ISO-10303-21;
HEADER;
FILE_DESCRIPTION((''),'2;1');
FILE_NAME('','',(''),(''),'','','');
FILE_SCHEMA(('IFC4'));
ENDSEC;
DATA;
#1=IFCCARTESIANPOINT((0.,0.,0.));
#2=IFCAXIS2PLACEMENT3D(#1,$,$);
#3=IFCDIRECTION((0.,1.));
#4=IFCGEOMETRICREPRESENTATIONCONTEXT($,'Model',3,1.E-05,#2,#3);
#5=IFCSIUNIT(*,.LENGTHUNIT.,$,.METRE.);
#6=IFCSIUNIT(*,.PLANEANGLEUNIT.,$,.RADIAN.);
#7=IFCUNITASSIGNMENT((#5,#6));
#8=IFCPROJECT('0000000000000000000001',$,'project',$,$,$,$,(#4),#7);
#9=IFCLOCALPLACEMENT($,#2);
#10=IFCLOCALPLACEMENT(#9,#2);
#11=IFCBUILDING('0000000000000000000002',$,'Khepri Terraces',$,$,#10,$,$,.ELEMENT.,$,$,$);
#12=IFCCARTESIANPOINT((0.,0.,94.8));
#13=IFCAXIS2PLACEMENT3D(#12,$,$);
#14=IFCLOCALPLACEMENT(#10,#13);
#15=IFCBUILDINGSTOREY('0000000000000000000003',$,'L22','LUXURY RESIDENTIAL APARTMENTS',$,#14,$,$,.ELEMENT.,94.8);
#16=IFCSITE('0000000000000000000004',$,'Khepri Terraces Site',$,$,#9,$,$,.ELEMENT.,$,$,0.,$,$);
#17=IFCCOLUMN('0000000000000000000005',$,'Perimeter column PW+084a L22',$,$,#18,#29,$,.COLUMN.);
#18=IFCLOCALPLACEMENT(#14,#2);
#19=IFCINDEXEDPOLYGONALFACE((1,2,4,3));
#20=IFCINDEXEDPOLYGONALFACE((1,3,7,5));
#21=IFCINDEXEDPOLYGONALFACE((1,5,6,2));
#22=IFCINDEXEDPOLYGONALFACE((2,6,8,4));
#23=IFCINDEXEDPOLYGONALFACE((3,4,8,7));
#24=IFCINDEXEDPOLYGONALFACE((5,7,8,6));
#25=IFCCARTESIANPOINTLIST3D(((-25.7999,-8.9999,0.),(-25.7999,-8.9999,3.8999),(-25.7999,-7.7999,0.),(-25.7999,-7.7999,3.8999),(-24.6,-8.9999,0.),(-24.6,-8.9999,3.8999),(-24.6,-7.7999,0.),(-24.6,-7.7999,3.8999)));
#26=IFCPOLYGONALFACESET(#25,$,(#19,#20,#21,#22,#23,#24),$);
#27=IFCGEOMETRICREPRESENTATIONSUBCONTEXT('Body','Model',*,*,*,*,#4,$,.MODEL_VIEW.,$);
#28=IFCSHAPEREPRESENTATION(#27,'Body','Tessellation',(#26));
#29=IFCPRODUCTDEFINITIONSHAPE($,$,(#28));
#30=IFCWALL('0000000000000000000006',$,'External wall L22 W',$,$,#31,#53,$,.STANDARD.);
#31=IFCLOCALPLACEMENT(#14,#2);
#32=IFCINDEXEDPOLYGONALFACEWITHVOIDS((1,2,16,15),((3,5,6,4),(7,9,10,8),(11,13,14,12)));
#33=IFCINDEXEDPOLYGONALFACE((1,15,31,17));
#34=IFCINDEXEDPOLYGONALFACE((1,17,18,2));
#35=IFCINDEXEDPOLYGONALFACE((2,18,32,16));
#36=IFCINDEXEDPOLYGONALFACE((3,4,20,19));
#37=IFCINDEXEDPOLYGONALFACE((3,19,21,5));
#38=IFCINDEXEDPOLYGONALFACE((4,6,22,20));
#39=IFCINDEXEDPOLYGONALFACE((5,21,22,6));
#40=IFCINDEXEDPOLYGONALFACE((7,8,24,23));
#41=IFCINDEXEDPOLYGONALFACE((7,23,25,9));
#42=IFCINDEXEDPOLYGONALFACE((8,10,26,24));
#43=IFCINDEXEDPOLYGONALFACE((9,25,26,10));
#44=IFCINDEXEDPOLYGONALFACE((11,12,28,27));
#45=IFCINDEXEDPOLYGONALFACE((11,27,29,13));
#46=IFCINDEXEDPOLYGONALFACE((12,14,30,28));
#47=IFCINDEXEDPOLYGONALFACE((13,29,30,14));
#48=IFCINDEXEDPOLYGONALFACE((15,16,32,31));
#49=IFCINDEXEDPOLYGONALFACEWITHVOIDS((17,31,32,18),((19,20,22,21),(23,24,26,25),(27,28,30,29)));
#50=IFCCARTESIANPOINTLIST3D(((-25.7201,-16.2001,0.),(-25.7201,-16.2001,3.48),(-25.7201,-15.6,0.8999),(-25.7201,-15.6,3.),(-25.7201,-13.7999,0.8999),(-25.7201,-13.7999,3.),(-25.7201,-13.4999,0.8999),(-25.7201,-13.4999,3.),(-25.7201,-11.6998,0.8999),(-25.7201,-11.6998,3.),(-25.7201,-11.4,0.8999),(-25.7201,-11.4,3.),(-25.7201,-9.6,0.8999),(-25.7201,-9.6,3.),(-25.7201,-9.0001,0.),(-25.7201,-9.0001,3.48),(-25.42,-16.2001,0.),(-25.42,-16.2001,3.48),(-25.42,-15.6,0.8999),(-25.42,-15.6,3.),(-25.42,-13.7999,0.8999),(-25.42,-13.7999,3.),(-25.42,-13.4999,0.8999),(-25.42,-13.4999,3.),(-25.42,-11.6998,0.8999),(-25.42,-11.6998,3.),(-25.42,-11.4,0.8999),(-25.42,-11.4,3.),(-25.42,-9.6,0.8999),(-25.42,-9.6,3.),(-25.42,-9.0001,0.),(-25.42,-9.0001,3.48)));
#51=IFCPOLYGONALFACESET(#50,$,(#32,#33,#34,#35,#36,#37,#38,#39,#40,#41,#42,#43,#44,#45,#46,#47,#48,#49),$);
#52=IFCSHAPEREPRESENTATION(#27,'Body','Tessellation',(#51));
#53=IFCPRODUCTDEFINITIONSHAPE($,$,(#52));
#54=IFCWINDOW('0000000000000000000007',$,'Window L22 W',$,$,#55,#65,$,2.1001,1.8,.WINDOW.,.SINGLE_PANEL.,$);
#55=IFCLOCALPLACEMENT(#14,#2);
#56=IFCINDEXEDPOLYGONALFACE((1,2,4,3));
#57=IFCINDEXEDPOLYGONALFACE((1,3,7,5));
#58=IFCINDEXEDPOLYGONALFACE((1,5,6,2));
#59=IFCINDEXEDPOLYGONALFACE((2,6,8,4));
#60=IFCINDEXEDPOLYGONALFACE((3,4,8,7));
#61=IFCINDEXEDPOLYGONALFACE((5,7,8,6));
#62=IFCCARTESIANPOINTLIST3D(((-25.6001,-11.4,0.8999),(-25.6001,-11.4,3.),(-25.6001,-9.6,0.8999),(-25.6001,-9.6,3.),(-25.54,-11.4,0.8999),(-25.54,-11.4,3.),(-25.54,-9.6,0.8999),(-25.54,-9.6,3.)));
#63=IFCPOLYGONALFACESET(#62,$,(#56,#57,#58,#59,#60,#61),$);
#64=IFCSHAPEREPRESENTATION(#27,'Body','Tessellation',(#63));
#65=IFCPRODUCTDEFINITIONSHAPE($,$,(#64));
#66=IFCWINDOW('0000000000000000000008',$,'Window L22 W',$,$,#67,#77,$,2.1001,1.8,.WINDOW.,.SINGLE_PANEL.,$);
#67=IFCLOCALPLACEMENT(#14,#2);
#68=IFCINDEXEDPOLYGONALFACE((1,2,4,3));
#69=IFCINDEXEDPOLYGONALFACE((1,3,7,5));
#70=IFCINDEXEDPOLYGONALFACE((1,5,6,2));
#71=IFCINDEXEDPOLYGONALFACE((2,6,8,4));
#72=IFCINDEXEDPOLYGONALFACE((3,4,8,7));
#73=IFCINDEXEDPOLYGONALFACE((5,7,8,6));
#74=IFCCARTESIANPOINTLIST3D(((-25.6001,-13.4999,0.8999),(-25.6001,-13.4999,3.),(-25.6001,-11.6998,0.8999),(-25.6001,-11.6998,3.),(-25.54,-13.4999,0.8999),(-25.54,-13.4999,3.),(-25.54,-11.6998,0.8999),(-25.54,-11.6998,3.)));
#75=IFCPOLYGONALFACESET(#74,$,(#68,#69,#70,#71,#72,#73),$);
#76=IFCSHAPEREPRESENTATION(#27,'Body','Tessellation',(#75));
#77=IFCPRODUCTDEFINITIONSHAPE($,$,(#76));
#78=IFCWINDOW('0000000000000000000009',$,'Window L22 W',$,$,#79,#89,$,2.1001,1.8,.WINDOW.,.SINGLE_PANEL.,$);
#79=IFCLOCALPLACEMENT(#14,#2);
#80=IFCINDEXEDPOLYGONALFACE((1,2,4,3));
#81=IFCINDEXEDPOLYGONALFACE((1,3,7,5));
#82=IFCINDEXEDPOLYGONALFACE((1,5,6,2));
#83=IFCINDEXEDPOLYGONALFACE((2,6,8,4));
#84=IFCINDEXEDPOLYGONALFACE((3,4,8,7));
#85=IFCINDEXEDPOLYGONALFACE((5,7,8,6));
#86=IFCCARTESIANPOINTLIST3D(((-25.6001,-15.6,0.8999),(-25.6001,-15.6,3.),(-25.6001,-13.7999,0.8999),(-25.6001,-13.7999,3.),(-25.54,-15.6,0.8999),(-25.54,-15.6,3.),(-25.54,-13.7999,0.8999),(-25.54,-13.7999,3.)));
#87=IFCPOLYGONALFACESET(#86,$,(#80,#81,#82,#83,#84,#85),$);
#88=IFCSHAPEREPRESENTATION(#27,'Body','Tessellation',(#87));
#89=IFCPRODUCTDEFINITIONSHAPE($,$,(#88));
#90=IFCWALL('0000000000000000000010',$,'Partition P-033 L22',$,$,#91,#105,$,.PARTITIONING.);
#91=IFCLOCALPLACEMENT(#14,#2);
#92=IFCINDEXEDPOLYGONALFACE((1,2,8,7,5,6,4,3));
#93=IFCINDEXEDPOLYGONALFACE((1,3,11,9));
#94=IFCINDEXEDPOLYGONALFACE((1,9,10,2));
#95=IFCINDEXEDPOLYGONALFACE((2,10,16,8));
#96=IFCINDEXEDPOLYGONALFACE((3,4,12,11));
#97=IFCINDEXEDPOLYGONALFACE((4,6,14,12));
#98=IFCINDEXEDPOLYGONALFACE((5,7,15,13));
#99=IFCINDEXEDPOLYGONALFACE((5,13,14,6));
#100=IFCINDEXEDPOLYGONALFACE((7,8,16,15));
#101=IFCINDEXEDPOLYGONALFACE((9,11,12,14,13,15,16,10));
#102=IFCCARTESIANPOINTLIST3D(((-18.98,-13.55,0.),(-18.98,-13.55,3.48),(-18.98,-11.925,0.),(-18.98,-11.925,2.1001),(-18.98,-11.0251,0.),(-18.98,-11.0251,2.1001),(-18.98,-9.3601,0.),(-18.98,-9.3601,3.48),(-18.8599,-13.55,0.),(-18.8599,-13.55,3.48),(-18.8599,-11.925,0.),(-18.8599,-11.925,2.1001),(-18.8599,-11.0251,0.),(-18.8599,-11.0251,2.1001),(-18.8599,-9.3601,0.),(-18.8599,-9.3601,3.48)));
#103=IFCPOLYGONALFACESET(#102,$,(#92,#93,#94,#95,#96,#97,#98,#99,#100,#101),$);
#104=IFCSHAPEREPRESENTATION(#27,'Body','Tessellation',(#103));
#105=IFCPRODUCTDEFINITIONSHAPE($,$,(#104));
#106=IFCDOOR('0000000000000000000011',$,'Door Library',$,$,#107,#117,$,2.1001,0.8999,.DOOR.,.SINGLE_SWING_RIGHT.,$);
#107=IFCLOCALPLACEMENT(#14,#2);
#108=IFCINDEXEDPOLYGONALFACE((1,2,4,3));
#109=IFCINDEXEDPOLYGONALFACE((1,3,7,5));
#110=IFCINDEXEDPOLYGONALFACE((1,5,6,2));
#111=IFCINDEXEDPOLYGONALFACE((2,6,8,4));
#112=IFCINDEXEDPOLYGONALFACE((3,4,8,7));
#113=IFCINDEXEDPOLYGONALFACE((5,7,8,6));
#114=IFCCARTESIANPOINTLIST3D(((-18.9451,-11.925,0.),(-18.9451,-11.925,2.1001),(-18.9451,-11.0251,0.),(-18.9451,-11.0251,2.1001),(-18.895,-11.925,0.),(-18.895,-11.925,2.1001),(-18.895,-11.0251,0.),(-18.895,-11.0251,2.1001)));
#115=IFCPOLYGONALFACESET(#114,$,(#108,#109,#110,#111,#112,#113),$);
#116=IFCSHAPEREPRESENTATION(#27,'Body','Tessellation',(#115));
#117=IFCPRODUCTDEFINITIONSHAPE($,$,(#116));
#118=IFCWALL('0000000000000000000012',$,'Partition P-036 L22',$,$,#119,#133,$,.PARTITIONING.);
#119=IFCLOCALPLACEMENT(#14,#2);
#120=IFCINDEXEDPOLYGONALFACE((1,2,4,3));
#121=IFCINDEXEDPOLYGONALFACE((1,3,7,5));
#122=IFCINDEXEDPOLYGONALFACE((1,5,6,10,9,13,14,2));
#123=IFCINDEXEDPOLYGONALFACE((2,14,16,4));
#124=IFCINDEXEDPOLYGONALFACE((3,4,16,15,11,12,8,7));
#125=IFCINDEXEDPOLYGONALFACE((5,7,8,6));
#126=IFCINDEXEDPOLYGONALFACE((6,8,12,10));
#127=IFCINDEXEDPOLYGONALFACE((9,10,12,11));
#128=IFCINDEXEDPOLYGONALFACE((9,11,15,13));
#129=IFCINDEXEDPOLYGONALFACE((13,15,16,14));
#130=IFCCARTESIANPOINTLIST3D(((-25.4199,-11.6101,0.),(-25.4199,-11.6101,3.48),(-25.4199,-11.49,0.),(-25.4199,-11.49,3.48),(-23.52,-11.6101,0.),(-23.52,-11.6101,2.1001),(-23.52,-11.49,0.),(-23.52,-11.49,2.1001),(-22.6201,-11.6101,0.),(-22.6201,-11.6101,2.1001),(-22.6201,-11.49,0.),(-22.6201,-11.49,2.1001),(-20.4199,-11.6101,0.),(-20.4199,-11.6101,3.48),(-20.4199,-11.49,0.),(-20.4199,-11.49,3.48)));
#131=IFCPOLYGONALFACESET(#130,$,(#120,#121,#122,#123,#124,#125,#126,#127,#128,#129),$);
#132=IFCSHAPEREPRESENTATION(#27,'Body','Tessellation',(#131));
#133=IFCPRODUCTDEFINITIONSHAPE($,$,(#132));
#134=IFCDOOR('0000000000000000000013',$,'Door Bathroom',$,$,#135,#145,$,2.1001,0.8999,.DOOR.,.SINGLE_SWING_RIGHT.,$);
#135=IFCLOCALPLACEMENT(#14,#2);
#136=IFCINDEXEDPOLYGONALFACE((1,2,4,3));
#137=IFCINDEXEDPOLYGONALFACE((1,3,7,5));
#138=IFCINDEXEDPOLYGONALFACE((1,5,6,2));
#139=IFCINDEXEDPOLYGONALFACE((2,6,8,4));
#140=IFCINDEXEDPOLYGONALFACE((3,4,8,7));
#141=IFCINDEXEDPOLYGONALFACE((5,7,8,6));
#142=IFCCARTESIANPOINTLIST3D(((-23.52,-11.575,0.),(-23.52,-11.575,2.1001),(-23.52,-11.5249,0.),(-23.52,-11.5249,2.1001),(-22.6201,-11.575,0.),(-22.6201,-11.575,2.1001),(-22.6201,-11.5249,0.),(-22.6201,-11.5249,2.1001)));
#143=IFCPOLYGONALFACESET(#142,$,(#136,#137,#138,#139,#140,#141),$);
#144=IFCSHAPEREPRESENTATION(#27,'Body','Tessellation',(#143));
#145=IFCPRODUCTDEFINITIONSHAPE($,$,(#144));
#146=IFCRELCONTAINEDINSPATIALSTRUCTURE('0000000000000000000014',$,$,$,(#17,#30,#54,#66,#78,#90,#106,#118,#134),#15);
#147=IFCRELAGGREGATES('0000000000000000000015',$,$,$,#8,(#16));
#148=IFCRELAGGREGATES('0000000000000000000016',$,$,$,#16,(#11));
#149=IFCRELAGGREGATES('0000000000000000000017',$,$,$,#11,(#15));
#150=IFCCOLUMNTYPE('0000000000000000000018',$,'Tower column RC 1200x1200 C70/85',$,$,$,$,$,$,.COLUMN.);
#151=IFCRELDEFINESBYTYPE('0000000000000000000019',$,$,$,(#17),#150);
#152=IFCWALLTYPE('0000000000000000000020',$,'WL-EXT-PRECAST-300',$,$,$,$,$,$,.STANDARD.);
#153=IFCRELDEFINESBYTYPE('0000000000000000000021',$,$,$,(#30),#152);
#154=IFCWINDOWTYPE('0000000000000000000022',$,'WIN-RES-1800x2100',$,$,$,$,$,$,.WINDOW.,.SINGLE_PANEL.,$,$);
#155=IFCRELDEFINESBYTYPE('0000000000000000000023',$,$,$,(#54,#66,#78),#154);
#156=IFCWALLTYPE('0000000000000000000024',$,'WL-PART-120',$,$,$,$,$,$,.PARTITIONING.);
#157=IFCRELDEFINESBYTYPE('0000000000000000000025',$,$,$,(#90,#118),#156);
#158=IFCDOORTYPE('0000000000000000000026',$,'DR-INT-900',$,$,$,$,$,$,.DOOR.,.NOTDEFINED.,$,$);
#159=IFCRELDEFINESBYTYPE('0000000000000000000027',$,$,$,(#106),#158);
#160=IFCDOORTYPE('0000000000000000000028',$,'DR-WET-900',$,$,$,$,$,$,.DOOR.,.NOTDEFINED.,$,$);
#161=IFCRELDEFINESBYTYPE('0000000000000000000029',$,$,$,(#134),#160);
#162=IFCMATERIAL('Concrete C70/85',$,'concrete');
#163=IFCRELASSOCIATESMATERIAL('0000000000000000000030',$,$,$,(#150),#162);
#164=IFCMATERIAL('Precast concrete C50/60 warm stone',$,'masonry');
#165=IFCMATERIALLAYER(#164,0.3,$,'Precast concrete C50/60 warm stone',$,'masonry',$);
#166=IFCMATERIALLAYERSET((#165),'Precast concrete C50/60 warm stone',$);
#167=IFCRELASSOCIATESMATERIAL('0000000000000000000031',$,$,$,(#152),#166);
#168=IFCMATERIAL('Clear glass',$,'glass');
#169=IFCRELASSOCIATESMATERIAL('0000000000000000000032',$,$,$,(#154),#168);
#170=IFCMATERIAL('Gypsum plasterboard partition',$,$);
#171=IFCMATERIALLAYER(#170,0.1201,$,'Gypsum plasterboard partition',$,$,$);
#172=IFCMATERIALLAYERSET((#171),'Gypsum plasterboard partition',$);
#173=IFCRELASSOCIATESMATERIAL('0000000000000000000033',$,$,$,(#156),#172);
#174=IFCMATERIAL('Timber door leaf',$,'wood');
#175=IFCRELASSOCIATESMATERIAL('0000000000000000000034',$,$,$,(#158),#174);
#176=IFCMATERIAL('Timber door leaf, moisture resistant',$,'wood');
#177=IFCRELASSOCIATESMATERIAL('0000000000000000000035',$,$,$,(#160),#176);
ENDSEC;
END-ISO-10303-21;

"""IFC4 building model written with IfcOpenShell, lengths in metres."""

from ifc_helpers import new_model, si_unit, direction, frame, frame_2d, origin, origin_2d, place, context, subcontext, project, spatial, rectangle, extrude, material, layer, layer_set, material_profile, profile_set, type_object, element, fill, save


model = new_model("IFC4")

# Units and contexts
model_context = context("Model", 3, precision=1e-05, world=origin(), true_north=direction((0.0, 1.0)))
body_context = subcontext(model_context, "Body", "Model", "MODEL_VIEW")
ifc_project = project(units=[si_unit("LENGTHUNIT", "METRE"), si_unit("PLANEANGLEUNIT", "RADIAN")], contexts=[model_context])

# Site, building, storey
site_placement = place(None, origin())
site = spatial("IfcSite", under=ifc_project, at=site_placement, Name="Khepri Terraces Site", CompositionType="ELEMENT", RefElevation=0.0)
building_placement = place(site_placement, origin())
building = spatial("IfcBuilding", under=site, at=building_placement, Name="Khepri Terraces", CompositionType="ELEMENT")
storey_placement = place(building_placement, frame((0.0, 0.0, 94.8)))
storey = spatial("IfcBuildingStorey", under=building, at=storey_placement, Name="L22", Description="LUXURY RESIDENTIAL APARTMENTS", CompositionType="ELEMENT", Elevation=94.8)

# Column
ifc_material_1 = material(Name="Concrete C70/85", Category="concrete")
ifc_material_profile = material_profile(ifc_material_1, rectangle(XDim=1.2, YDim=1.2, at=origin_2d()), Name="Concrete C70/85", Category="concrete")
ifc_profile_set = profile_set([ifc_material_profile], Name="Concrete C70/85")
column_type = type_object("IfcColumnType", Name="Tower column RC 1200x1200 C70/85", PredefinedType="COLUMN", material=ifc_profile_set)
column_placement = place(storey_placement, frame((-25.2, -8.3999, 0.0), z_axis=(0.0, 0.0, 1.0), x_axis=(1.0, 0.0, 0.0)))
element("IfcColumn", 1, at=column_placement, inside=storey, type_object=column_type, Name="Perimeter column PW+084a L22", PredefinedType="COLUMN", context=body_context, shape_type="SweptSolid", body=[
    extrude(rectangle(XDim=1.2, YDim=1.2, at=origin_2d()), origin(), (0.0, 0.0, 1.0), 3.8999),
])

# Shared definitions
ifc_material_2 = material(Name="Precast concrete C50/60 warm stone", Category="masonry")
ifc_layer_1 = layer(ifc_material_2, 0.3, Name="Precast concrete C50/60 warm stone", Category="masonry")
ifc_layer_set_1 = layer_set([ifc_layer_1], Name="Precast concrete C50/60 warm stone")
wall_type_1 = type_object("IfcWallType", Name="WL-EXT-PRECAST-300", PredefinedType="STANDARD", material=ifc_layer_set_1)

# Wall, openings, windows
wall_1_placement = place(storey_placement, frame((-25.5701, -9.0, 0.0), z_axis=(0.0, 0.0, 1.0), x_axis=(0.0, -1.0, 0.0)))
wall_1 = element("IfcWall", 2, at=wall_1_placement, inside=storey, type_object=wall_type_1, Name="External wall L22 W", PredefinedType="STANDARD", context=body_context, shape_type="SweptSolid", body=[
    extrude(rectangle(XDim=7.2, YDim=0.3, at=frame_2d((3.6001, 0.0))), origin(), (0.0, 0.0, 1.0), 3.48),
])
opening_1_placement = place(wall_1_placement, frame((0.6001, 0.0, 0.8999)))
opening_1 = element("IfcOpeningElement", 3, at=opening_1_placement, cuts=wall_1, PredefinedType="OPENING", context=body_context, shape_type="SweptSolid", body=[
    extrude(rectangle(XDim=1.8, YDim=2.1001, at=frame_2d((0.8999, 1.05))), frame((0.0, 0.1602, 0.0), z_axis=(0.0, -1.0, 0.0), x_axis=(1.0, 0.0, 0.0)), (0.0, 0.0, 1.0), 0.3201),
])
opening_2_placement = place(wall_1_placement, frame((2.7, 0.0, 0.8999)))
opening_2 = element("IfcOpeningElement", 4, at=opening_2_placement, cuts=wall_1, PredefinedType="OPENING", context=body_context, shape_type="SweptSolid", body=[
    extrude(rectangle(XDim=1.8, YDim=2.1001, at=frame_2d((0.8999, 1.05))), frame((0.0, 0.1602, 0.0), z_axis=(0.0, -1.0, 0.0), x_axis=(1.0, 0.0, 0.0)), (0.0, 0.0, 1.0), 0.3201),
])
opening_3_placement = place(wall_1_placement, frame((4.8, 0.0, 0.8999)))
opening_3 = element("IfcOpeningElement", 5, at=opening_3_placement, cuts=wall_1, PredefinedType="OPENING", context=body_context, shape_type="SweptSolid", body=[
    extrude(rectangle(XDim=1.8, YDim=2.1001, at=frame_2d((0.8999, 1.05))), frame((0.0, 0.1602, 0.0), z_axis=(0.0, -1.0, 0.0), x_axis=(1.0, 0.0, 0.0)), (0.0, 0.0, 1.0), 0.3201),
])
ifc_material_3 = material(Name="Clear glass", Category="glass")
window_type = type_object("IfcWindowType", Name="WIN-RES-1800x2100", PartitioningType="SINGLE_PANEL", PredefinedType="WINDOW", material=ifc_material_3)
window_1_placement = place(opening_1_placement, origin())
window_1 = element("IfcWindow", 6, at=window_1_placement, inside=storey, type_object=window_type, Name="Window L22 W", OverallHeight=2.1001, OverallWidth=1.8, PartitioningType="SINGLE_PANEL", PredefinedType="WINDOW", context=body_context, shape_type="SweptSolid", body=[
    extrude(rectangle(XDim=1.8, YDim=2.1001, at=frame_2d((0.8999, 1.05))), frame((0.0, 0.03, 0.0), z_axis=(0.0, -1.0, 0.0), x_axis=(1.0, 0.0, 0.0)), (0.0, 0.0, 1.0), 0.0601),
])
fill(opening_1, window_1)
window_2_placement = place(opening_2_placement, origin())
window_2 = element("IfcWindow", 7, at=window_2_placement, inside=storey, type_object=window_type, Name="Window L22 W", OverallHeight=2.1001, OverallWidth=1.8, PartitioningType="SINGLE_PANEL", PredefinedType="WINDOW", context=body_context, shape_type="SweptSolid", body=[
    extrude(rectangle(XDim=1.8, YDim=2.1001, at=frame_2d((0.8999, 1.05))), frame((0.0, 0.03, 0.0), z_axis=(0.0, -1.0, 0.0), x_axis=(1.0, 0.0, 0.0)), (0.0, 0.0, 1.0), 0.0601),
])
fill(opening_2, window_2)
window_3_placement = place(opening_3_placement, origin())
window_3 = element("IfcWindow", 8, at=window_3_placement, inside=storey, type_object=window_type, Name="Window L22 W", OverallHeight=2.1001, OverallWidth=1.8, PartitioningType="SINGLE_PANEL", PredefinedType="WINDOW", context=body_context, shape_type="SweptSolid", body=[
    extrude(rectangle(XDim=1.8, YDim=2.1001, at=frame_2d((0.8999, 1.05))), frame((0.0, 0.03, 0.0), z_axis=(0.0, -1.0, 0.0), x_axis=(1.0, 0.0, 0.0)), (0.0, 0.0, 1.0), 0.0601),
])
fill(opening_3, window_3)

# Walls, openings, doors
ifc_material_4 = material(Name="Gypsum plasterboard partition")
ifc_layer_2 = layer(ifc_material_4, 0.1201, Name="Gypsum plasterboard partition")
ifc_layer_set_2 = layer_set([ifc_layer_2], Name="Gypsum plasterboard partition")
wall_type_2 = type_object("IfcWallType", Name="WL-PART-120", PredefinedType="PARTITIONING", material=ifc_layer_set_2)
wall_2_placement = place(storey_placement, frame((-18.9199, -13.55, 0.0), z_axis=(0.0, 0.0, 1.0), x_axis=(0.0, 1.0, 0.0)))
wall_2 = element("IfcWall", 9, at=wall_2_placement, inside=storey, type_object=wall_type_2, Name="Partition P-033 L22", PredefinedType="PARTITIONING", context=body_context, shape_type="SweptSolid", body=[
    extrude(rectangle(XDim=4.1899, YDim=0.1201, at=frame_2d((2.095, 0.0))), origin(), (0.0, 0.0, 1.0), 3.48),
])
opening_4_placement = place(wall_2_placement, frame((1.625, 0.0, 0.0)))
opening_4 = element("IfcOpeningElement", 10, at=opening_4_placement, cuts=wall_2, PredefinedType="OPENING", context=body_context, shape_type="SweptSolid", body=[
    extrude(rectangle(XDim=0.8999, YDim=2.1001, at=frame_2d((0.45, 1.05))), frame((0.0, 0.0701, 0.0), z_axis=(0.0, -1.0, 0.0), x_axis=(1.0, 0.0, 0.0)), (0.0, 0.0, 1.0), 0.1401),
])
ifc_material_5 = material(Name="Timber door leaf", Category="wood")
door_type_1 = type_object("IfcDoorType", Name="DR-INT-900", OperationType="NOTDEFINED", PredefinedType="DOOR", material=ifc_material_5)
door_1_placement = place(opening_4_placement, frame((0.8999, 0.0, 0.0), z_axis=(0.0, 0.0, 1.0), x_axis=(-1.0, 0.0, 0.0)))
door_1 = element("IfcDoor", 11, at=door_1_placement, inside=storey, type_object=door_type_1, Name="Door Library", OperationType="SINGLE_SWING_RIGHT", OverallHeight=2.1001, OverallWidth=0.8999, PredefinedType="DOOR", context=body_context, shape_type="SweptSolid", body=[
    extrude(rectangle(XDim=0.8999, YDim=2.1001, at=frame_2d((0.45, 1.05))), frame((0.0, 0.0249, 0.0), z_axis=(0.0, -1.0, 0.0), x_axis=(1.0, 0.0, 0.0)), (0.0, 0.0, 1.0), 0.05),
])
fill(opening_4, door_1)
wall_3_placement = place(storey_placement, frame((-25.4199, -11.55, 0.0), z_axis=(0.0, 0.0, 1.0), x_axis=(1.0, 0.0, 0.0)))
wall_3 = element("IfcWall", 12, at=wall_3_placement, inside=storey, type_object=wall_type_2, Name="Partition P-036 L22", PredefinedType="PARTITIONING", context=body_context, shape_type="SweptSolid", body=[
    extrude(rectangle(XDim=5.0, YDim=0.1201, at=frame_2d((2.5, 0.0))), origin(), (0.0, 0.0, 1.0), 3.48),
])
opening_5_placement = place(wall_3_placement, frame((1.8999, 0.0, 0.0)))
opening_5 = element("IfcOpeningElement", 13, at=opening_5_placement, cuts=wall_3, PredefinedType="OPENING", context=body_context, shape_type="SweptSolid", body=[
    extrude(rectangle(XDim=0.8999, YDim=2.1001, at=frame_2d((0.45, 1.05))), frame((0.0, 0.0701, 0.0), z_axis=(0.0, -1.0, 0.0), x_axis=(1.0, 0.0, 0.0)), (0.0, 0.0, 1.0), 0.1401),
])
ifc_material_6 = material(Name="Timber door leaf, moisture resistant", Category="wood")
door_type_2 = type_object("IfcDoorType", Name="DR-WET-900", OperationType="NOTDEFINED", PredefinedType="DOOR", material=ifc_material_6)
door_2_placement = place(opening_5_placement, frame((0.8999, 0.0, 0.0), z_axis=(0.0, 0.0, 1.0), x_axis=(-1.0, 0.0, 0.0)))
door_2 = element("IfcDoor", 14, at=door_2_placement, inside=storey, type_object=door_type_2, Name="Door Bathroom", OperationType="SINGLE_SWING_RIGHT", OverallHeight=2.1001, OverallWidth=0.8999, PredefinedType="DOOR", context=body_context, shape_type="SweptSolid", body=[
    extrude(rectangle(XDim=0.8999, YDim=2.1001, at=frame_2d((0.45, 1.05))), frame((0.0, 0.0249, 0.0), z_axis=(0.0, -1.0, 0.0), x_axis=(1.0, 0.0, 0.0)), (0.0, 0.0, 1.0), 0.05),
])
fill(opening_5, door_2)

save(model, "model.ifc")
